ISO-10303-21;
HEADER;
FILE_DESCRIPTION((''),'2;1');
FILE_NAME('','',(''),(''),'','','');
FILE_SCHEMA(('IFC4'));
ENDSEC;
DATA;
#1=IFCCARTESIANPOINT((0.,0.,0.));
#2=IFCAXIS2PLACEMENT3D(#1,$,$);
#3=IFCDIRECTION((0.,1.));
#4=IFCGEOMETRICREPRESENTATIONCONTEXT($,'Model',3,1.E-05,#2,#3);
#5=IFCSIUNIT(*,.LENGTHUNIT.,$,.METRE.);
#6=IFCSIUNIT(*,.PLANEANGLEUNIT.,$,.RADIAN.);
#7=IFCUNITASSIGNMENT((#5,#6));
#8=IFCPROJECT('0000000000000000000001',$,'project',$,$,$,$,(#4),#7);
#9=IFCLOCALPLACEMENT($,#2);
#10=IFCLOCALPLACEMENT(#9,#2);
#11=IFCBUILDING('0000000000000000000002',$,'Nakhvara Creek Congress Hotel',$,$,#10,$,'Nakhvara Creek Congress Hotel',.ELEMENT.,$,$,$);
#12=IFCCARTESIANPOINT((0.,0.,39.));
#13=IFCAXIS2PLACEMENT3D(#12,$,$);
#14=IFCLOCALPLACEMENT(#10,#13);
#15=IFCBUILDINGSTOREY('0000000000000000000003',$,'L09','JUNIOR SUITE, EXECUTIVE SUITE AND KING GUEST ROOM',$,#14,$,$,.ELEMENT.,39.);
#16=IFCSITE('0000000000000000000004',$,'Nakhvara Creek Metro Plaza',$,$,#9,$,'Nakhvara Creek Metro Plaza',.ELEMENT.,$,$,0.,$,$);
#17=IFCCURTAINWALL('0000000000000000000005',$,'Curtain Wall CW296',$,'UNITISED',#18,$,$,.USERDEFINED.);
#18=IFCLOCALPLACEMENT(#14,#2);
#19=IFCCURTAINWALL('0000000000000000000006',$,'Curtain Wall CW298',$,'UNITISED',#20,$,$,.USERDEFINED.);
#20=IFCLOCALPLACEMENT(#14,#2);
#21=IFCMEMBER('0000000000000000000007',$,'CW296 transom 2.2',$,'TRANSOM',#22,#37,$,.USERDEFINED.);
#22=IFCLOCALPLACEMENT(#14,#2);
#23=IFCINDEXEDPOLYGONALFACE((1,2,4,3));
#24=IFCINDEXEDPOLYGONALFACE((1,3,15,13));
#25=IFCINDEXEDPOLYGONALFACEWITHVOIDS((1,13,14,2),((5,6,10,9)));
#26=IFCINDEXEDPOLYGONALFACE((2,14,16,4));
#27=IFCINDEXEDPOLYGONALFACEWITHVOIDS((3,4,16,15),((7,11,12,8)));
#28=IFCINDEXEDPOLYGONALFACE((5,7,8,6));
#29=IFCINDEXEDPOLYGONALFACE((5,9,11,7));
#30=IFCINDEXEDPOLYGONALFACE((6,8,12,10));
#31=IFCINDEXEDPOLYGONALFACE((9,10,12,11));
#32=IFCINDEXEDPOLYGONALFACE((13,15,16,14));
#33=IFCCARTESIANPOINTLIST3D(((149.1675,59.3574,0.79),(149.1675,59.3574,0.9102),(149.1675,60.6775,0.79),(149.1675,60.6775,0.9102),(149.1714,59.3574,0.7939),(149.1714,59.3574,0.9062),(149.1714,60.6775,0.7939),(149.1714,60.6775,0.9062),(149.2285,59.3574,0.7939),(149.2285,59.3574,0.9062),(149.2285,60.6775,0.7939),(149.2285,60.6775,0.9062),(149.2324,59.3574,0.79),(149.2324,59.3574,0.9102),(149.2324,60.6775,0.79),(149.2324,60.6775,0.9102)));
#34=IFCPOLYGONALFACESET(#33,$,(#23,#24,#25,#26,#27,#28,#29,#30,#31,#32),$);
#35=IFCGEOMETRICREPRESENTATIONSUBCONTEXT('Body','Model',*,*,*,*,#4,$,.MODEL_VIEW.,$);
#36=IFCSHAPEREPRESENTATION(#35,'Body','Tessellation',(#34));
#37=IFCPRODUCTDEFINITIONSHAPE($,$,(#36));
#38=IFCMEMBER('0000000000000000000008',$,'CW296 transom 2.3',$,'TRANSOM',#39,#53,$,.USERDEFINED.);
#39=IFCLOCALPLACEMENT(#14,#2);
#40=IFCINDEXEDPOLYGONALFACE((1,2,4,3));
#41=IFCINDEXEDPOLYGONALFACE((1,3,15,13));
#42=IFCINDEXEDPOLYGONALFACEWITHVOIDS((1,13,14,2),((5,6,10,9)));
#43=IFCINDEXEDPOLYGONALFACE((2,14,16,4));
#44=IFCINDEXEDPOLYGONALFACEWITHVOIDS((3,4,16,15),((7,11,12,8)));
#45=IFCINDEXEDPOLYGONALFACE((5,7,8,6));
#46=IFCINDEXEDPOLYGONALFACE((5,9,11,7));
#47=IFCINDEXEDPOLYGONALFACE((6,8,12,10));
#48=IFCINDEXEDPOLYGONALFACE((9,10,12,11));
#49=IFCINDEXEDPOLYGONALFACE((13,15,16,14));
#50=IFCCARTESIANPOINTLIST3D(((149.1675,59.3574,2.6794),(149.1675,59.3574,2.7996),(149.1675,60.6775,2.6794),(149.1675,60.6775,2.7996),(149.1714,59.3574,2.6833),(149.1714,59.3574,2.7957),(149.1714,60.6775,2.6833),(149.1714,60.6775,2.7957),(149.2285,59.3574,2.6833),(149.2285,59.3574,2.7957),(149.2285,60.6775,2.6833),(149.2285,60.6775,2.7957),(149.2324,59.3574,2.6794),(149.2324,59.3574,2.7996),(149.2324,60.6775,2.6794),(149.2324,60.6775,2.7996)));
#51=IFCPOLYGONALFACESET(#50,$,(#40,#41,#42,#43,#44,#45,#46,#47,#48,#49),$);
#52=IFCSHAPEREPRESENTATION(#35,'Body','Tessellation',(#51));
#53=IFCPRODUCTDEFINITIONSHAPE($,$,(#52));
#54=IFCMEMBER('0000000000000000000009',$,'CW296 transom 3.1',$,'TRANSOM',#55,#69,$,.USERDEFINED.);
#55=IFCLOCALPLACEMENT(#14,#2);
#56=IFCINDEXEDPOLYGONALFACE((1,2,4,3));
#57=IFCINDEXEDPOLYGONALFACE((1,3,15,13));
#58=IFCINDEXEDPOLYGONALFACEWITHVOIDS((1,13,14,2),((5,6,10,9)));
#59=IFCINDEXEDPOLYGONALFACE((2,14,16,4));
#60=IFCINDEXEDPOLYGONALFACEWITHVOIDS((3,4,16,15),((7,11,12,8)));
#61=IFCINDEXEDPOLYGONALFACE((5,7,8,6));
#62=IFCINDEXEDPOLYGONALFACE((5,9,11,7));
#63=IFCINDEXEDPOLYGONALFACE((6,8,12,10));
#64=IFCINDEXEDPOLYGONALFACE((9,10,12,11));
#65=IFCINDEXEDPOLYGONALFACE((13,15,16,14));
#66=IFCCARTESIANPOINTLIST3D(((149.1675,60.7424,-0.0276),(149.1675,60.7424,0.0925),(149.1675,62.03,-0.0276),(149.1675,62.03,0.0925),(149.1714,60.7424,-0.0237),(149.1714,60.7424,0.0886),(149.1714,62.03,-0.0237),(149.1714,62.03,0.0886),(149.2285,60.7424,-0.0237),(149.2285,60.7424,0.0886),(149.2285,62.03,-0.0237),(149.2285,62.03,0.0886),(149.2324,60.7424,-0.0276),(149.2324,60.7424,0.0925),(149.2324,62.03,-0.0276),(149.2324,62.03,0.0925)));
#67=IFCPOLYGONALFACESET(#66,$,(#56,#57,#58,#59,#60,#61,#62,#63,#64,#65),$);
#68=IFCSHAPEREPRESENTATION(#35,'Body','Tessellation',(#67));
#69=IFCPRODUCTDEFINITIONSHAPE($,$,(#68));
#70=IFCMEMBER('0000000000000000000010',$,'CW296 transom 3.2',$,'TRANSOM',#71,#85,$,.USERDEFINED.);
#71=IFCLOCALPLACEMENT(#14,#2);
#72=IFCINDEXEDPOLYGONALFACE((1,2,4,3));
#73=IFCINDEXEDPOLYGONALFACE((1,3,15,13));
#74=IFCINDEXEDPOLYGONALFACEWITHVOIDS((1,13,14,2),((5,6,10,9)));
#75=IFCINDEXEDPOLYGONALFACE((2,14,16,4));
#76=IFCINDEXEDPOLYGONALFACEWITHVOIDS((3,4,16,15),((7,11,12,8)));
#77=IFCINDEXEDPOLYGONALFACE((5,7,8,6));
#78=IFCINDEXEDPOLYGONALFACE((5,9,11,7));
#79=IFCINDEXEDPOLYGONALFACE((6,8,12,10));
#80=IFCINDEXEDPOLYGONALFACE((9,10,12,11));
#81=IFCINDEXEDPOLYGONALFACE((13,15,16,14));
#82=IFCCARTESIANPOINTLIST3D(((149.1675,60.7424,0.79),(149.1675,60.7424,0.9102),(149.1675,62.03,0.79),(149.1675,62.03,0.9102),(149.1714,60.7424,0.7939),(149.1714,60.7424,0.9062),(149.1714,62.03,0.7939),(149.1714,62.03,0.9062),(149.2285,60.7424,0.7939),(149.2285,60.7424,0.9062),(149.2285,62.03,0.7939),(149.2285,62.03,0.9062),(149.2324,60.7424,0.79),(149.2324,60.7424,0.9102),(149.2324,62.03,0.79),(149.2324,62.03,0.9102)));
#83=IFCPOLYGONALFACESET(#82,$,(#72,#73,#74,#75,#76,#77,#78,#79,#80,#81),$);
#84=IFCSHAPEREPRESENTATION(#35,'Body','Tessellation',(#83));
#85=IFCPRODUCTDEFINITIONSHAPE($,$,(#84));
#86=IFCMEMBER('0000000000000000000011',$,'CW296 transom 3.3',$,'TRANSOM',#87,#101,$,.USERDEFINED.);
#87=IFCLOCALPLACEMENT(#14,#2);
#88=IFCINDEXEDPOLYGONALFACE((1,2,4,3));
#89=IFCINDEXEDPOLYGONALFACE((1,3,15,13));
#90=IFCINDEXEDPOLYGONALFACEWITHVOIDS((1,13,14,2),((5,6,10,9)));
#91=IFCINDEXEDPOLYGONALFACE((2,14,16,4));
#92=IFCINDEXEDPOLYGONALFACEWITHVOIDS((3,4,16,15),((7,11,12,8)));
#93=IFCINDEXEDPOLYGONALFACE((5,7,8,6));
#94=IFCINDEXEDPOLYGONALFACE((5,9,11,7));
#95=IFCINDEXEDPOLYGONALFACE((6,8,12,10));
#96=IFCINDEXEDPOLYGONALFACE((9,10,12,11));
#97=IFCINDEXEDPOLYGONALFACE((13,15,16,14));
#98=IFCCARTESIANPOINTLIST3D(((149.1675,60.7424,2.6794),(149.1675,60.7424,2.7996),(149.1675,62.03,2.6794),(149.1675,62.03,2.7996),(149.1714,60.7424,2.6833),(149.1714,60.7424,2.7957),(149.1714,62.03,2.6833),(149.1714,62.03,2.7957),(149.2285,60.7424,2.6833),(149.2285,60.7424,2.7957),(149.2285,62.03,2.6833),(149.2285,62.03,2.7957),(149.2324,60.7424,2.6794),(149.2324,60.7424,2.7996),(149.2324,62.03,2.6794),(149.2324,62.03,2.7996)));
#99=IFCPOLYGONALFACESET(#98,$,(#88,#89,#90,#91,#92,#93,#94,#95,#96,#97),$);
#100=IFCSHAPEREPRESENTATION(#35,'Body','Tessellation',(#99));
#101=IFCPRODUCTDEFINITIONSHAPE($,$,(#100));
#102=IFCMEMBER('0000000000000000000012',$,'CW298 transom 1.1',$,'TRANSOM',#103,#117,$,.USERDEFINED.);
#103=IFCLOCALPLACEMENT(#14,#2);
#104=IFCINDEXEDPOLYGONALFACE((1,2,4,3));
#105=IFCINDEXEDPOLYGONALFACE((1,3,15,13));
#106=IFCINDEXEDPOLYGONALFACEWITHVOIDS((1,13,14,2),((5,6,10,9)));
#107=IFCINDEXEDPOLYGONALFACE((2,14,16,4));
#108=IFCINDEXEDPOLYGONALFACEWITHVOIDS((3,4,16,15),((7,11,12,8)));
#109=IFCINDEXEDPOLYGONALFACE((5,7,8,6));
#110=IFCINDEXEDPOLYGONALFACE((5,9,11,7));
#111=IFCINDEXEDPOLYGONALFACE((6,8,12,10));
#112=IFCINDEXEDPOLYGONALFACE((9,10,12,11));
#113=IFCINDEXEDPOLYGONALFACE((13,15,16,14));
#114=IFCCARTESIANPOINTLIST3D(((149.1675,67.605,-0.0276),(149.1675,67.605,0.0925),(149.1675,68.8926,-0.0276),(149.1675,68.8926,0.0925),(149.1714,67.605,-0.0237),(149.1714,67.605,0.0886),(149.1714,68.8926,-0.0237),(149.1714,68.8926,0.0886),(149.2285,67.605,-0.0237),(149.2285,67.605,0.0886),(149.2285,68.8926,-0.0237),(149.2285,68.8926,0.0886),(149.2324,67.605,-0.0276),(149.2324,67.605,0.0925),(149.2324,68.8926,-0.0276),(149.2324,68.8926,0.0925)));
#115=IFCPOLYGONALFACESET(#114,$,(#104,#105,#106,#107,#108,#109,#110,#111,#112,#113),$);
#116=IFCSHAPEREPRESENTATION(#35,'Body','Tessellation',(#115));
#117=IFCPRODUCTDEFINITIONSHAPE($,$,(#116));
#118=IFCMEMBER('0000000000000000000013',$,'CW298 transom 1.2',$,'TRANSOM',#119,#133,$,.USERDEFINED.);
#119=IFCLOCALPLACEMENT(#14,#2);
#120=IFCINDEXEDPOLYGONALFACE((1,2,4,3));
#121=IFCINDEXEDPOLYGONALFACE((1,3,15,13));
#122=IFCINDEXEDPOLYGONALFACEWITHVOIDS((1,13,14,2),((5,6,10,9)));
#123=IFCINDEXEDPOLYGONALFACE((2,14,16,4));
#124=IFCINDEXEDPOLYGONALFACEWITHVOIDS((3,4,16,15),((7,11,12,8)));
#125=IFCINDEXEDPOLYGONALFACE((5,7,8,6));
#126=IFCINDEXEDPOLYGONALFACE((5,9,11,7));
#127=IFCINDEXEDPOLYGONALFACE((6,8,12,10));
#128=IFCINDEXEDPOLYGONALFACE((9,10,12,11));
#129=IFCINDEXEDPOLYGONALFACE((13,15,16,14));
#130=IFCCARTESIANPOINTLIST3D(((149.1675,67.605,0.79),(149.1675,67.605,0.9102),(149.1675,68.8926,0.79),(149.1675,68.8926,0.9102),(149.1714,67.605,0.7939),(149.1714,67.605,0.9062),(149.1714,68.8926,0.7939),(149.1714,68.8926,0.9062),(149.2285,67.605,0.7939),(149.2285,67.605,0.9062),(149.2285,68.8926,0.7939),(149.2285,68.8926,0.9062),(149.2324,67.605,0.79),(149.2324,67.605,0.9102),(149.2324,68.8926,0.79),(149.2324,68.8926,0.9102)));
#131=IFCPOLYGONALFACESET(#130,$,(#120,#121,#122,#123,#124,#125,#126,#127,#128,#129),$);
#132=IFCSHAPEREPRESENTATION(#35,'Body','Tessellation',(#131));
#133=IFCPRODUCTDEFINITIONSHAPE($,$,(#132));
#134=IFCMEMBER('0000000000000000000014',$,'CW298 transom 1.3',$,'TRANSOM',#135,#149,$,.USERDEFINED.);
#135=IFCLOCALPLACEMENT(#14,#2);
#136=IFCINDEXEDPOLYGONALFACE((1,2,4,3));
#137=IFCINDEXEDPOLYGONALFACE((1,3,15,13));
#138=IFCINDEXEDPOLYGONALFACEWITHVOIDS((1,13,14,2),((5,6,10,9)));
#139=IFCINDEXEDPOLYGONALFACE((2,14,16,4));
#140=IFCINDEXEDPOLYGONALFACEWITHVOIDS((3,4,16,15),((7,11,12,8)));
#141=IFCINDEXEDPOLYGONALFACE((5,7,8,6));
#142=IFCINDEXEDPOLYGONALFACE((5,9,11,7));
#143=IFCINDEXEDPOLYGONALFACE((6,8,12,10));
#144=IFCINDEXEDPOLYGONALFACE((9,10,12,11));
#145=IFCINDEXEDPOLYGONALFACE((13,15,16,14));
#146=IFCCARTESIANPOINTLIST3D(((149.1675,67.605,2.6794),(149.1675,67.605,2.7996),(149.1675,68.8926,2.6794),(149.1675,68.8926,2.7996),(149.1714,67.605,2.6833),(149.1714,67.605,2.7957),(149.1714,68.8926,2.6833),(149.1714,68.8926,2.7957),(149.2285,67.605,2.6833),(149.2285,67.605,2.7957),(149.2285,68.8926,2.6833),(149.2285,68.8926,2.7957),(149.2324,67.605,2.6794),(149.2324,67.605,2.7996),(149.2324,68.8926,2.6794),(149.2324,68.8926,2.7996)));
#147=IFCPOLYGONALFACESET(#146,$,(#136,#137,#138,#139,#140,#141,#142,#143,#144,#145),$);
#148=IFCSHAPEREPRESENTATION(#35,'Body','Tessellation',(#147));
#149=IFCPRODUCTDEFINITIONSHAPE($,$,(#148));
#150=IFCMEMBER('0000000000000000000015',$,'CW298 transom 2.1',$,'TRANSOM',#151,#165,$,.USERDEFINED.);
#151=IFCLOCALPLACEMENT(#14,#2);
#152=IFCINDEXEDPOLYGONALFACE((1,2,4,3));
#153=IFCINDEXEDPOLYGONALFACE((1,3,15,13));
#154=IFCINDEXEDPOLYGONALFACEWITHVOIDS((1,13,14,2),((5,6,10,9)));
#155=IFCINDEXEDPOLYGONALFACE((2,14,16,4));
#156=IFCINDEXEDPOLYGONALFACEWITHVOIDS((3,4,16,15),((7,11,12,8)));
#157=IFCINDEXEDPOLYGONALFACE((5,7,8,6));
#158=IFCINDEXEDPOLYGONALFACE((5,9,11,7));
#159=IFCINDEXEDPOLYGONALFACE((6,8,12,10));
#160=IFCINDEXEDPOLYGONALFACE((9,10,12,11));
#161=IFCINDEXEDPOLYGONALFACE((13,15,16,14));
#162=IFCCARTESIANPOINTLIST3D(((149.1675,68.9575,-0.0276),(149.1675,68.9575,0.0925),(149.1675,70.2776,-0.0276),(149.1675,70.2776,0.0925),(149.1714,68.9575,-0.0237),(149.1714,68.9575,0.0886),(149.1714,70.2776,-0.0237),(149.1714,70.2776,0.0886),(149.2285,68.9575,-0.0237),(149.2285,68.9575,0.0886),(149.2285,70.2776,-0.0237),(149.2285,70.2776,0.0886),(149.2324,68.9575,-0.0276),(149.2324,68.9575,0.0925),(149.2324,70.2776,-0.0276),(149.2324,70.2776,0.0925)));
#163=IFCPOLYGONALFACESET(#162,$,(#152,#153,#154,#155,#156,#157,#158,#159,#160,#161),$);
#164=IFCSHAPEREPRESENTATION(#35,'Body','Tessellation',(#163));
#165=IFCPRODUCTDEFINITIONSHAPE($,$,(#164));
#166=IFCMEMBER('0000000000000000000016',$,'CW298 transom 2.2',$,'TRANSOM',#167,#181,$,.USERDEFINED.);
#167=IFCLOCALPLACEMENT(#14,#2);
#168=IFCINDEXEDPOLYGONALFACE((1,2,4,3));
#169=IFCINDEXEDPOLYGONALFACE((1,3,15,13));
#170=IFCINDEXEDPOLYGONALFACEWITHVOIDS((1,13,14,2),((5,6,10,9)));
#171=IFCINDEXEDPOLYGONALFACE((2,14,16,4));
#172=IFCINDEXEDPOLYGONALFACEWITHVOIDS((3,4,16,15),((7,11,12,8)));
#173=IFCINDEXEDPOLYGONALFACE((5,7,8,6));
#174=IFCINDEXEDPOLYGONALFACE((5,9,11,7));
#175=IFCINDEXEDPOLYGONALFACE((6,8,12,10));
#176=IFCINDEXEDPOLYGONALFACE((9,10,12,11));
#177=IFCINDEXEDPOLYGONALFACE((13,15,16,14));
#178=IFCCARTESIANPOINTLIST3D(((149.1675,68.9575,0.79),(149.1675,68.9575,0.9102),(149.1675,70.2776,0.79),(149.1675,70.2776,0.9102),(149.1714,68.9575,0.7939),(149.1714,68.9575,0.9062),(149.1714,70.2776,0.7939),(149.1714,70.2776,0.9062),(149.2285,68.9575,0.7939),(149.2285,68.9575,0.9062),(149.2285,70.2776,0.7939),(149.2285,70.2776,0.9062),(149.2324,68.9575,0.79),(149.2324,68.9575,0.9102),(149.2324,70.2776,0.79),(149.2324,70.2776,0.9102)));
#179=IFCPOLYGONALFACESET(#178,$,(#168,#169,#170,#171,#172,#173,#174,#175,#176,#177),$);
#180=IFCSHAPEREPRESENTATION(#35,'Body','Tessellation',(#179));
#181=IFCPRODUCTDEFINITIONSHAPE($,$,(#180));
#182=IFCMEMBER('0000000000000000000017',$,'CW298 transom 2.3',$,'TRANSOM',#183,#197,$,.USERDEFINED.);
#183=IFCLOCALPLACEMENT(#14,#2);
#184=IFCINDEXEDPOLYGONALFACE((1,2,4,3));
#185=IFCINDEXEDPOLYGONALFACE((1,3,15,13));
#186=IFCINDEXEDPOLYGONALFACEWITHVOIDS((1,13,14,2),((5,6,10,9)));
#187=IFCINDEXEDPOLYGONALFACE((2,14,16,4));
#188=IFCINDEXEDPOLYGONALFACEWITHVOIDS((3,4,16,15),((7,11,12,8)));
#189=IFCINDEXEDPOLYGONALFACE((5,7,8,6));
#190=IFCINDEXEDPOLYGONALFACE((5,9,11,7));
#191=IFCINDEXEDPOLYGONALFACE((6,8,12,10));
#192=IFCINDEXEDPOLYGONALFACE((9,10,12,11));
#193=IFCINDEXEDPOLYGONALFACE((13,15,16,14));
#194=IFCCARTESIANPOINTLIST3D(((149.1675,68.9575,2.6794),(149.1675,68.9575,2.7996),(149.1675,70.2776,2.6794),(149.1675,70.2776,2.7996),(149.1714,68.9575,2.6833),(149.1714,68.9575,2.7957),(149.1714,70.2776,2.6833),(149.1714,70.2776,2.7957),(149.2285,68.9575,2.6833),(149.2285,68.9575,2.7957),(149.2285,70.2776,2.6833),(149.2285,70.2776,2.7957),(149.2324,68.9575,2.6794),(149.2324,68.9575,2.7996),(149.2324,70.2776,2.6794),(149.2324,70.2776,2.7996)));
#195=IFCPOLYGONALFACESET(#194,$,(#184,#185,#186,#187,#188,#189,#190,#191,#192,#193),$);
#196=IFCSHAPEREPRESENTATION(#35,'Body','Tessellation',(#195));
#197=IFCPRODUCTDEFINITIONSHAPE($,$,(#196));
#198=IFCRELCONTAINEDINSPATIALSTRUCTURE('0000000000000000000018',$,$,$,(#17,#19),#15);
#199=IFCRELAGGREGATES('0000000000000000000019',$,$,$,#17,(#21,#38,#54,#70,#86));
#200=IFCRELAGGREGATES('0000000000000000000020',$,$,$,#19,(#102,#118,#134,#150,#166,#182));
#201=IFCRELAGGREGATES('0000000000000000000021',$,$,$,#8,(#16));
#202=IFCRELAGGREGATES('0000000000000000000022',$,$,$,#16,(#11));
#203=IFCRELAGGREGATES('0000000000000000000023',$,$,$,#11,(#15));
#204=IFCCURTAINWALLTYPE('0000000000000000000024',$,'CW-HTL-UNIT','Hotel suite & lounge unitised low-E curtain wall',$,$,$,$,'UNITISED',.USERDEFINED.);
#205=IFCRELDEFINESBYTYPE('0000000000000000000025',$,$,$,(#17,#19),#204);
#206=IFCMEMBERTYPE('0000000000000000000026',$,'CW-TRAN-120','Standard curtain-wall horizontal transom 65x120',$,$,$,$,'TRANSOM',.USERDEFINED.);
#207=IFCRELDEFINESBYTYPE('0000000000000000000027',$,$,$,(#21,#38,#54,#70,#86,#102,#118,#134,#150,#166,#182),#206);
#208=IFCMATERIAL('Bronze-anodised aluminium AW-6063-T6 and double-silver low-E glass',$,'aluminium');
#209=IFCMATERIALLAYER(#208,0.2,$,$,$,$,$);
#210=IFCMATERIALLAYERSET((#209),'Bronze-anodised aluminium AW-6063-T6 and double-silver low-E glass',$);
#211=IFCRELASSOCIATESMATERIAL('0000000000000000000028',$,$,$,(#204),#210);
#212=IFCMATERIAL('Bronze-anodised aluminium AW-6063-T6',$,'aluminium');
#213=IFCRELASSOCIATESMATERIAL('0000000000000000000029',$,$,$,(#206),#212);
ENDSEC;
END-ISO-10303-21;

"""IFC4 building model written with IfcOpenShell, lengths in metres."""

from ifc_helpers import new_model, si_unit, direction, frame, origin, origin_2d, place, context, subcontext, project, spatial, hollow_rectangle, extrude, material, layer, layer_set, material_profile, profile_set, type_object, element, aggregate, save


model = new_model("IFC4")

# Units and contexts
model_context = context("Model", 3, precision=1e-05, world=origin(), true_north=direction((0.0, 1.0)))
body_context = subcontext(model_context, "Body", "Model", "MODEL_VIEW")
ifc_project = project(units=[si_unit("LENGTHUNIT", "METRE"), si_unit("PLANEANGLEUNIT", "RADIAN")], contexts=[model_context])

# Site, building, storey
site_placement = place(None, origin())
site = spatial("IfcSite", under=ifc_project, at=site_placement, Name="Nakhvara Creek Metro Plaza", LongName="Nakhvara Creek Metro Plaza", CompositionType="ELEMENT", RefElevation=0.0)
building_placement = place(site_placement, origin())
building = spatial("IfcBuilding", under=site, at=building_placement, Name="Nakhvara Creek Congress Hotel", LongName="Nakhvara Creek Congress Hotel", CompositionType="ELEMENT")
storey_placement = place(building_placement, frame((0.0, 0.0, 39.0)))
storey = spatial("IfcBuildingStorey", under=building, at=storey_placement, Name="L09", Description="JUNIOR SUITE, EXECUTIVE SUITE AND KING GUEST ROOM", CompositionType="ELEMENT", Elevation=39.0)

# Curtain walls
ifc_material_1 = material(Name="Bronze-anodised aluminium AW-6063-T6 and double-silver low-E glass", Category="aluminium")
ifc_layer = layer(ifc_material_1, 0.2)
ifc_layer_set = layer_set([ifc_layer], Name="Bronze-anodised aluminium AW-6063-T6 and double-silver low-E glass")
curtain_wall_type = type_object("IfcCurtainWallType", Name="CW-HTL-UNIT", Description="Hotel suite & lounge unitised low-E curtain wall", ElementType="UNITISED", PredefinedType="USERDEFINED", material=ifc_layer_set)
curtain_wall_1_placement = place(storey_placement, origin())
curtain_wall_1 = element("IfcCurtainWall", 1, at=curtain_wall_1_placement, inside=storey, type_object=curtain_wall_type, Name="Curtain Wall CW296", ObjectType="UNITISED", PredefinedType="USERDEFINED")
ifc_material_2 = material(Name="Bronze-anodised aluminium AW-6063-T6", Category="aluminium")
curtain_wall_2_placement = place(storey_placement, origin())
curtain_wall_2 = element("IfcCurtainWall", 2, at=curtain_wall_2_placement, inside=storey, type_object=curtain_wall_type, Name="Curtain Wall CW298", ObjectType="UNITISED", PredefinedType="USERDEFINED")

# Members
ifc_material_profile_1 = material_profile(ifc_material_2, hollow_rectangle(XDim=0.0649, YDim=0.1201, WallThickness=0.0039, at=origin_2d()), Name="ALU-TRAN 65x120x4", Category="LoadBearing")
ifc_profile_set_1 = profile_set([ifc_material_profile_1], Name="Bronze-anodised aluminium AW-6063-T6")
member_type_1 = type_object("IfcMemberType", Name="CW-TRAN-120", Description="Standard curtain-wall horizontal transom 65x120", ElementType="TRANSOM", PredefinedType="USERDEFINED", material=ifc_profile_set_1)
member_1_placement = place(storey_placement, frame((149.2, 59.3574, 0.8501), z_axis=(0.0, 1.0, 0.0), x_axis=(-1.0, 0.0, 0.0)))
member_1 = element("IfcMember", 3, at=member_1_placement, type_object=member_type_1, Name="CW296 transom 2.2", ObjectType="TRANSOM", PredefinedType="USERDEFINED", context=body_context, shape_type="SweptSolid", body=[
    extrude(hollow_rectangle(XDim=0.0649, YDim=0.1201, WallThickness=0.0039, at=origin_2d()), origin(), (0.0, 0.0, 1.0), 1.3201),
])
member_2_placement = place(storey_placement, frame((149.2, 59.3574, 2.7395), z_axis=(0.0, 1.0, 0.0), x_axis=(-1.0, 0.0, 0.0)))
member_2 = element("IfcMember", 4, at=member_2_placement, type_object=member_type_1, Name="CW296 transom 2.3", ObjectType="TRANSOM", PredefinedType="USERDEFINED", context=body_context, shape_type="SweptSolid", body=[
    extrude(hollow_rectangle(XDim=0.0649, YDim=0.1201, WallThickness=0.0039, at=origin_2d()), origin(), (0.0, 0.0, 1.0), 1.3201),
])
member_3_placement = place(storey_placement, frame((149.2, 60.7424, 0.0325), z_axis=(0.0, 1.0, 0.0), x_axis=(-1.0, 0.0, 0.0)))
member_3 = element("IfcMember", 5, at=member_3_placement, type_object=member_type_1, Name="CW296 transom 3.1", ObjectType="TRANSOM", PredefinedType="USERDEFINED", context=body_context, shape_type="SweptSolid", body=[
    extrude(hollow_rectangle(XDim=0.0649, YDim=0.1201, WallThickness=0.0039, at=origin_2d()), origin(), (0.0, 0.0, 1.0), 1.2876),
])
member_4_placement = place(storey_placement, frame((149.2, 60.7424, 0.8501), z_axis=(0.0, 1.0, 0.0), x_axis=(-1.0, 0.0, 0.0)))
member_4 = element("IfcMember", 6, at=member_4_placement, type_object=member_type_1, Name="CW296 transom 3.2", ObjectType="TRANSOM", PredefinedType="USERDEFINED", context=body_context, shape_type="SweptSolid", body=[
    extrude(hollow_rectangle(XDim=0.0649, YDim=0.1201, WallThickness=0.0039, at=origin_2d()), origin(), (0.0, 0.0, 1.0), 1.2876),
])
member_5_placement = place(storey_placement, frame((149.2, 60.7424, 2.7395), z_axis=(0.0, 1.0, 0.0), x_axis=(-1.0, 0.0, 0.0)))
member_5 = element("IfcMember", 7, at=member_5_placement, type_object=member_type_1, Name="CW296 transom 3.3", ObjectType="TRANSOM", PredefinedType="USERDEFINED", context=body_context, shape_type="SweptSolid", body=[
    extrude(hollow_rectangle(XDim=0.0649, YDim=0.1201, WallThickness=0.0039, at=origin_2d()), origin(), (0.0, 0.0, 1.0), 1.2876),
])
member_6_placement = place(storey_placement, frame((149.2, 67.605, 0.0325), z_axis=(0.0, 1.0, 0.0), x_axis=(-1.0, 0.0, 0.0)))
member_6 = element("IfcMember", 8, at=member_6_placement, type_object=member_type_1, Name="CW298 transom 1.1", ObjectType="TRANSOM", PredefinedType="USERDEFINED", context=body_context, shape_type="SweptSolid", body=[
    extrude(hollow_rectangle(XDim=0.0649, YDim=0.1201, WallThickness=0.0039, at=origin_2d()), origin(), (0.0, 0.0, 1.0), 1.2876),
])
member_7_placement = place(storey_placement, frame((149.2, 67.605, 0.8501), z_axis=(0.0, 1.0, 0.0), x_axis=(-1.0, 0.0, 0.0)))
member_7 = element("IfcMember", 9, at=member_7_placement, type_object=member_type_1, Name="CW298 transom 1.2", ObjectType="TRANSOM", PredefinedType="USERDEFINED", context=body_context, shape_type="SweptSolid", body=[
    extrude(hollow_rectangle(XDim=0.0649, YDim=0.1201, WallThickness=0.0039, at=origin_2d()), origin(), (0.0, 0.0, 1.0), 1.2876),
])
member_8_placement = place(storey_placement, frame((149.2, 67.605, 2.7395), z_axis=(0.0, 1.0, 0.0), x_axis=(-1.0, 0.0, 0.0)))
member_8 = element("IfcMember", 10, at=member_8_placement, type_object=member_type_1, Name="CW298 transom 1.3", ObjectType="TRANSOM", PredefinedType="USERDEFINED", context=body_context, shape_type="SweptSolid", body=[
    extrude(hollow_rectangle(XDim=0.0649, YDim=0.1201, WallThickness=0.0039, at=origin_2d()), origin(), (0.0, 0.0, 1.0), 1.2876),
])
member_9_placement = place(storey_placement, frame((149.2, 68.9575, 0.0325), z_axis=(0.0, 1.0, 0.0), x_axis=(-1.0, 0.0, 0.0)))
member_9 = element("IfcMember", 11, at=member_9_placement, type_object=member_type_1, Name="CW298 transom 2.1", ObjectType="TRANSOM", PredefinedType="USERDEFINED", context=body_context, shape_type="SweptSolid", body=[
    extrude(hollow_rectangle(XDim=0.0649, YDim=0.1201, WallThickness=0.0039, at=origin_2d()), origin(), (0.0, 0.0, 1.0), 1.3201),
])
member_10_placement = place(storey_placement, frame((149.2, 68.9575, 0.8501), z_axis=(0.0, 1.0, 0.0), x_axis=(-1.0, 0.0, 0.0)))
member_10 = element("IfcMember", 12, at=member_10_placement, type_object=member_type_1, Name="CW298 transom 2.2", ObjectType="TRANSOM", PredefinedType="USERDEFINED", context=body_context, shape_type="SweptSolid", body=[
    extrude(hollow_rectangle(XDim=0.0649, YDim=0.1201, WallThickness=0.0039, at=origin_2d()), origin(), (0.0, 0.0, 1.0), 1.3201),
])
member_11_placement = place(storey_placement, frame((149.2, 68.9575, 2.7395), z_axis=(0.0, 1.0, 0.0), x_axis=(-1.0, 0.0, 0.0)))
member_11 = element("IfcMember", 13, at=member_11_placement, type_object=member_type_1, Name="CW298 transom 2.3", ObjectType="TRANSOM", PredefinedType="USERDEFINED", context=body_context, shape_type="SweptSolid", body=[
    extrude(hollow_rectangle(XDim=0.0649, YDim=0.1201, WallThickness=0.0039, at=origin_2d()), origin(), (0.0, 0.0, 1.0), 1.3201),
])

aggregate(curtain_wall_1, [member_1, member_2, member_3, member_4, member_5])
aggregate(curtain_wall_2, [member_6, member_7, member_8, member_9, member_10, member_11])

save(model, "model.ifc")
